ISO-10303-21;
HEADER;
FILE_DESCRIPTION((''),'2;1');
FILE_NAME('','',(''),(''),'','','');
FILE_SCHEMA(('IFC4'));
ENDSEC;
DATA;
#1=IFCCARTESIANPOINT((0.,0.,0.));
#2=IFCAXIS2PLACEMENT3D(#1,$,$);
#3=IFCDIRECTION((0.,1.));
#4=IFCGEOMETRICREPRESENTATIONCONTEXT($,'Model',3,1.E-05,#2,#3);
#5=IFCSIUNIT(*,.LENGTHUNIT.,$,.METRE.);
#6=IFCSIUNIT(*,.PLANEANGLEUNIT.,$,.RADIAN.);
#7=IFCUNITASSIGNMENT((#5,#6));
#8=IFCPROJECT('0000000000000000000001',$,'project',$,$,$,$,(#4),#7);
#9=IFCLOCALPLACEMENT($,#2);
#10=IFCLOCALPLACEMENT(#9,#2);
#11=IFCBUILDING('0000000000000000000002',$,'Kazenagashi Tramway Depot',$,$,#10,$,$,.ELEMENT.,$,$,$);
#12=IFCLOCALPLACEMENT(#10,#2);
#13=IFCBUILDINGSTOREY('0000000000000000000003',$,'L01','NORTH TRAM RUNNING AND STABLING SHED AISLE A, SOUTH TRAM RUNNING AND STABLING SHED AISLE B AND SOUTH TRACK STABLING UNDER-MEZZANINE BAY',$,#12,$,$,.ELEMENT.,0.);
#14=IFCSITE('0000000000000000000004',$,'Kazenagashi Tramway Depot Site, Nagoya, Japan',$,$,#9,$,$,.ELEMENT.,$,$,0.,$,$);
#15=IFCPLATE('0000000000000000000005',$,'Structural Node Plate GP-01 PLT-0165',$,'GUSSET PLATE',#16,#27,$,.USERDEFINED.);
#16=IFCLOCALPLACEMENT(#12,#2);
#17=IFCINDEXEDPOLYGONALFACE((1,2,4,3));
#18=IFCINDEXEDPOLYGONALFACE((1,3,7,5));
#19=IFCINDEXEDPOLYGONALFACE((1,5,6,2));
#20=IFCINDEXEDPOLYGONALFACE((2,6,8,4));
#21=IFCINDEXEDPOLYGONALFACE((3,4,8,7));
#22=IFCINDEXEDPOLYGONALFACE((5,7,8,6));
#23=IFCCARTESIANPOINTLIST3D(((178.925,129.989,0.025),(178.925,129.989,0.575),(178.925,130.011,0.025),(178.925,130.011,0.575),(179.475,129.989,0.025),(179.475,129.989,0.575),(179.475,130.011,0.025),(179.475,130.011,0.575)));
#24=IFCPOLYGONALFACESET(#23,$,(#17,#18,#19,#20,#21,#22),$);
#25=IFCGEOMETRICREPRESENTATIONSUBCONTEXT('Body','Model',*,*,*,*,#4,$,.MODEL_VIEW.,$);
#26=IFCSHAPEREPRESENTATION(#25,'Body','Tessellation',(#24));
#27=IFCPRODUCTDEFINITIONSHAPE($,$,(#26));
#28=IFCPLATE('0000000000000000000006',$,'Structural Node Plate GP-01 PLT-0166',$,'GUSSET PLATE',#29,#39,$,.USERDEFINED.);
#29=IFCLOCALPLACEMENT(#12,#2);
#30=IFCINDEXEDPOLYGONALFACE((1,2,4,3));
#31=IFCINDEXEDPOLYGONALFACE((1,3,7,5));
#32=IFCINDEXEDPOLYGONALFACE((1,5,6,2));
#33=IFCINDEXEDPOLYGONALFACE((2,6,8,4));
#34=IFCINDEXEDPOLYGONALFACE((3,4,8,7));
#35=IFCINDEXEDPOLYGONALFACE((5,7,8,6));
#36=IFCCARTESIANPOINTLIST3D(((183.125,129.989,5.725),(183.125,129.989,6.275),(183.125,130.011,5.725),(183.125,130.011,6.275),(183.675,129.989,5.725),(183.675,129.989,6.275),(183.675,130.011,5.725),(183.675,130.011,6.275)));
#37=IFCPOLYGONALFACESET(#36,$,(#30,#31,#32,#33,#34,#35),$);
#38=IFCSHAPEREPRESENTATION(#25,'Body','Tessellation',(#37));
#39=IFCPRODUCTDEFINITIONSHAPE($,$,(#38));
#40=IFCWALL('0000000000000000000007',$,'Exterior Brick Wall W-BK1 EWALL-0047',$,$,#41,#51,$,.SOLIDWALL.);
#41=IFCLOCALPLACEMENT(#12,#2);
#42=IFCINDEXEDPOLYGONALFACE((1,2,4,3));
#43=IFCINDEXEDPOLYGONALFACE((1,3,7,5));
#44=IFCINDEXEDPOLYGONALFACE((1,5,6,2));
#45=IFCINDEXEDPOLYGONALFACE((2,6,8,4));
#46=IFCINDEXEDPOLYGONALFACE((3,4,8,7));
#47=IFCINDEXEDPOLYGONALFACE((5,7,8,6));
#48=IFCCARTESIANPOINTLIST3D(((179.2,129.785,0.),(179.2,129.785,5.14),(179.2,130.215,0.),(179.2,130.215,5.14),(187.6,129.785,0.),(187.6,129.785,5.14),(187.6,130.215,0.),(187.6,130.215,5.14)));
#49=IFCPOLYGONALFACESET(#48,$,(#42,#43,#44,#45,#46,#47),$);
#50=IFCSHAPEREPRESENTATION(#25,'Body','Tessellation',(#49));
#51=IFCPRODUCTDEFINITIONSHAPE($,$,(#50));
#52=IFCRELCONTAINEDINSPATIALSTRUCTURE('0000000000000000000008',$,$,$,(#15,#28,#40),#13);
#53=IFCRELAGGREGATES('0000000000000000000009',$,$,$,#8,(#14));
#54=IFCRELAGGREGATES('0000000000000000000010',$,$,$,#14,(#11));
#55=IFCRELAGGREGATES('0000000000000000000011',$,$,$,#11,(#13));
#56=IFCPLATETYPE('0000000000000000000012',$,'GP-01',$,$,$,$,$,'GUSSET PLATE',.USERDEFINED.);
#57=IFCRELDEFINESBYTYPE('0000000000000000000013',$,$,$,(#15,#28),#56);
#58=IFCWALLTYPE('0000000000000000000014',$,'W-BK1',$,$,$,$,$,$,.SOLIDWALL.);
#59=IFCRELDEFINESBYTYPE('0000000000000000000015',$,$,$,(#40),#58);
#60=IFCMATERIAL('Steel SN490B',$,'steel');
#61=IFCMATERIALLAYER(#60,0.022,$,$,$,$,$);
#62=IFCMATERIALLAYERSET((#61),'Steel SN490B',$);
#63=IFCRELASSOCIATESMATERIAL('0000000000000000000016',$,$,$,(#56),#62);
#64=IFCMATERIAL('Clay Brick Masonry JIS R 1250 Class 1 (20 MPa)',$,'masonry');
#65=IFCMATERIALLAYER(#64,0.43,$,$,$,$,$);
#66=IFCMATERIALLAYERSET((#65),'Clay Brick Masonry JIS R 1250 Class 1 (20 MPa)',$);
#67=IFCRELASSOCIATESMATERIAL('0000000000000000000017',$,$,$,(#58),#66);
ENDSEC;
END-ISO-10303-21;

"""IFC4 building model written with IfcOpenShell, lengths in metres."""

from ifc_helpers import new_model, si_unit, direction, frame, frame_2d, origin, origin_2d, place, context, subcontext, project, spatial, rectangle, extrude, material, layer, layer_set, type_object, element, save


model = new_model("IFC4")

# Units and contexts
model_context = context("Model", 3, precision=1e-05, world=origin(), true_north=direction((0.0, 1.0)))
body_context = subcontext(model_context, "Body", "Model", "MODEL_VIEW")
ifc_project = project(units=[si_unit("LENGTHUNIT", "METRE"), si_unit("PLANEANGLEUNIT", "RADIAN")], contexts=[model_context])

# Site, building, storey
site_placement = place(None, origin())
site = spatial("IfcSite", under=ifc_project, at=site_placement, Name="Kazenagashi Tramway Depot Site, Nagoya, Japan", CompositionType="ELEMENT", RefElevation=0.0)
building_placement = place(site_placement, origin())
building = spatial("IfcBuilding", under=site, at=building_placement, Name="Kazenagashi Tramway Depot", CompositionType="ELEMENT")
storey_placement = place(building_placement, origin())
storey = spatial("IfcBuildingStorey", under=building, at=storey_placement, Name="L01", Description="NORTH TRAM RUNNING AND STABLING SHED AISLE A, SOUTH TRAM RUNNING AND STABLING SHED AISLE B AND SOUTH TRACK STABLING UNDER-MEZZANINE BAY", CompositionType="ELEMENT", Elevation=0.0)

# Shared definitions
ifc_material_1 = material(Name="Steel SN490B", Category="steel")

# Plates
ifc_layer_1 = layer(ifc_material_1, 0.022)
ifc_layer_set_1 = layer_set([ifc_layer_1], Name="Steel SN490B")
plate_type_1 = type_object("IfcPlateType", Name="GP-01", ElementType="GUSSET PLATE", PredefinedType="USERDEFINED", material=ifc_layer_set_1)
for number, where, z_axis, x_axis, name in (
    (1, (179.2, 130.0, 0.025), (0.0, 0.0, 1.0), (1.0, 0.0, 0.0), "Structural Node Plate GP-01 PLT-0165"),
    (2, (183.4, 130.0, 5.725), (0.0, 0.0, 1.0), (1.0, 0.0, 0.0), "Structural Node Plate GP-01 PLT-0166"),
):
    element("IfcPlate", number, at=place(storey_placement, frame(where, z_axis=z_axis, x_axis=x_axis)), inside=storey, type_object=plate_type_1, Name=name, ObjectType="GUSSET PLATE", PredefinedType="USERDEFINED", context=body_context, shape_type="SweptSolid", body=[
        extrude(rectangle(XDim=0.55, YDim=0.022, at=origin_2d()), origin(), (0.0, 0.0, 1.0), 0.55),
    ])

# Wall
ifc_material_2 = material(Name="Clay Brick Masonry JIS R 1250 Class 1 (20 MPa)", Category="masonry")
ifc_layer_2 = layer(ifc_material_2, 0.43)
ifc_layer_set_2 = layer_set([ifc_layer_2], Name="Clay Brick Masonry JIS R 1250 Class 1 (20 MPa)")
wall_type = type_object("IfcWallType", Name="W-BK1", PredefinedType="SOLIDWALL", material=ifc_layer_set_2)
wall_placement = place(storey_placement, frame((179.2, 130.0, 0.0), z_axis=(0.0, 0.0, 1.0), x_axis=(1.0, 0.0, 0.0)))
element("IfcWall", 3, at=wall_placement, inside=storey, type_object=wall_type, Name="Exterior Brick Wall W-BK1 EWALL-0047", PredefinedType="SOLIDWALL", context=body_context, shape_type="SweptSolid", body=[
    extrude(rectangle(XDim=8.4, YDim=0.43, at=frame_2d((4.2, 0.0))), origin(), (0.0, 0.0, 1.0), 5.14),
])

save(model, "model.ifc")
